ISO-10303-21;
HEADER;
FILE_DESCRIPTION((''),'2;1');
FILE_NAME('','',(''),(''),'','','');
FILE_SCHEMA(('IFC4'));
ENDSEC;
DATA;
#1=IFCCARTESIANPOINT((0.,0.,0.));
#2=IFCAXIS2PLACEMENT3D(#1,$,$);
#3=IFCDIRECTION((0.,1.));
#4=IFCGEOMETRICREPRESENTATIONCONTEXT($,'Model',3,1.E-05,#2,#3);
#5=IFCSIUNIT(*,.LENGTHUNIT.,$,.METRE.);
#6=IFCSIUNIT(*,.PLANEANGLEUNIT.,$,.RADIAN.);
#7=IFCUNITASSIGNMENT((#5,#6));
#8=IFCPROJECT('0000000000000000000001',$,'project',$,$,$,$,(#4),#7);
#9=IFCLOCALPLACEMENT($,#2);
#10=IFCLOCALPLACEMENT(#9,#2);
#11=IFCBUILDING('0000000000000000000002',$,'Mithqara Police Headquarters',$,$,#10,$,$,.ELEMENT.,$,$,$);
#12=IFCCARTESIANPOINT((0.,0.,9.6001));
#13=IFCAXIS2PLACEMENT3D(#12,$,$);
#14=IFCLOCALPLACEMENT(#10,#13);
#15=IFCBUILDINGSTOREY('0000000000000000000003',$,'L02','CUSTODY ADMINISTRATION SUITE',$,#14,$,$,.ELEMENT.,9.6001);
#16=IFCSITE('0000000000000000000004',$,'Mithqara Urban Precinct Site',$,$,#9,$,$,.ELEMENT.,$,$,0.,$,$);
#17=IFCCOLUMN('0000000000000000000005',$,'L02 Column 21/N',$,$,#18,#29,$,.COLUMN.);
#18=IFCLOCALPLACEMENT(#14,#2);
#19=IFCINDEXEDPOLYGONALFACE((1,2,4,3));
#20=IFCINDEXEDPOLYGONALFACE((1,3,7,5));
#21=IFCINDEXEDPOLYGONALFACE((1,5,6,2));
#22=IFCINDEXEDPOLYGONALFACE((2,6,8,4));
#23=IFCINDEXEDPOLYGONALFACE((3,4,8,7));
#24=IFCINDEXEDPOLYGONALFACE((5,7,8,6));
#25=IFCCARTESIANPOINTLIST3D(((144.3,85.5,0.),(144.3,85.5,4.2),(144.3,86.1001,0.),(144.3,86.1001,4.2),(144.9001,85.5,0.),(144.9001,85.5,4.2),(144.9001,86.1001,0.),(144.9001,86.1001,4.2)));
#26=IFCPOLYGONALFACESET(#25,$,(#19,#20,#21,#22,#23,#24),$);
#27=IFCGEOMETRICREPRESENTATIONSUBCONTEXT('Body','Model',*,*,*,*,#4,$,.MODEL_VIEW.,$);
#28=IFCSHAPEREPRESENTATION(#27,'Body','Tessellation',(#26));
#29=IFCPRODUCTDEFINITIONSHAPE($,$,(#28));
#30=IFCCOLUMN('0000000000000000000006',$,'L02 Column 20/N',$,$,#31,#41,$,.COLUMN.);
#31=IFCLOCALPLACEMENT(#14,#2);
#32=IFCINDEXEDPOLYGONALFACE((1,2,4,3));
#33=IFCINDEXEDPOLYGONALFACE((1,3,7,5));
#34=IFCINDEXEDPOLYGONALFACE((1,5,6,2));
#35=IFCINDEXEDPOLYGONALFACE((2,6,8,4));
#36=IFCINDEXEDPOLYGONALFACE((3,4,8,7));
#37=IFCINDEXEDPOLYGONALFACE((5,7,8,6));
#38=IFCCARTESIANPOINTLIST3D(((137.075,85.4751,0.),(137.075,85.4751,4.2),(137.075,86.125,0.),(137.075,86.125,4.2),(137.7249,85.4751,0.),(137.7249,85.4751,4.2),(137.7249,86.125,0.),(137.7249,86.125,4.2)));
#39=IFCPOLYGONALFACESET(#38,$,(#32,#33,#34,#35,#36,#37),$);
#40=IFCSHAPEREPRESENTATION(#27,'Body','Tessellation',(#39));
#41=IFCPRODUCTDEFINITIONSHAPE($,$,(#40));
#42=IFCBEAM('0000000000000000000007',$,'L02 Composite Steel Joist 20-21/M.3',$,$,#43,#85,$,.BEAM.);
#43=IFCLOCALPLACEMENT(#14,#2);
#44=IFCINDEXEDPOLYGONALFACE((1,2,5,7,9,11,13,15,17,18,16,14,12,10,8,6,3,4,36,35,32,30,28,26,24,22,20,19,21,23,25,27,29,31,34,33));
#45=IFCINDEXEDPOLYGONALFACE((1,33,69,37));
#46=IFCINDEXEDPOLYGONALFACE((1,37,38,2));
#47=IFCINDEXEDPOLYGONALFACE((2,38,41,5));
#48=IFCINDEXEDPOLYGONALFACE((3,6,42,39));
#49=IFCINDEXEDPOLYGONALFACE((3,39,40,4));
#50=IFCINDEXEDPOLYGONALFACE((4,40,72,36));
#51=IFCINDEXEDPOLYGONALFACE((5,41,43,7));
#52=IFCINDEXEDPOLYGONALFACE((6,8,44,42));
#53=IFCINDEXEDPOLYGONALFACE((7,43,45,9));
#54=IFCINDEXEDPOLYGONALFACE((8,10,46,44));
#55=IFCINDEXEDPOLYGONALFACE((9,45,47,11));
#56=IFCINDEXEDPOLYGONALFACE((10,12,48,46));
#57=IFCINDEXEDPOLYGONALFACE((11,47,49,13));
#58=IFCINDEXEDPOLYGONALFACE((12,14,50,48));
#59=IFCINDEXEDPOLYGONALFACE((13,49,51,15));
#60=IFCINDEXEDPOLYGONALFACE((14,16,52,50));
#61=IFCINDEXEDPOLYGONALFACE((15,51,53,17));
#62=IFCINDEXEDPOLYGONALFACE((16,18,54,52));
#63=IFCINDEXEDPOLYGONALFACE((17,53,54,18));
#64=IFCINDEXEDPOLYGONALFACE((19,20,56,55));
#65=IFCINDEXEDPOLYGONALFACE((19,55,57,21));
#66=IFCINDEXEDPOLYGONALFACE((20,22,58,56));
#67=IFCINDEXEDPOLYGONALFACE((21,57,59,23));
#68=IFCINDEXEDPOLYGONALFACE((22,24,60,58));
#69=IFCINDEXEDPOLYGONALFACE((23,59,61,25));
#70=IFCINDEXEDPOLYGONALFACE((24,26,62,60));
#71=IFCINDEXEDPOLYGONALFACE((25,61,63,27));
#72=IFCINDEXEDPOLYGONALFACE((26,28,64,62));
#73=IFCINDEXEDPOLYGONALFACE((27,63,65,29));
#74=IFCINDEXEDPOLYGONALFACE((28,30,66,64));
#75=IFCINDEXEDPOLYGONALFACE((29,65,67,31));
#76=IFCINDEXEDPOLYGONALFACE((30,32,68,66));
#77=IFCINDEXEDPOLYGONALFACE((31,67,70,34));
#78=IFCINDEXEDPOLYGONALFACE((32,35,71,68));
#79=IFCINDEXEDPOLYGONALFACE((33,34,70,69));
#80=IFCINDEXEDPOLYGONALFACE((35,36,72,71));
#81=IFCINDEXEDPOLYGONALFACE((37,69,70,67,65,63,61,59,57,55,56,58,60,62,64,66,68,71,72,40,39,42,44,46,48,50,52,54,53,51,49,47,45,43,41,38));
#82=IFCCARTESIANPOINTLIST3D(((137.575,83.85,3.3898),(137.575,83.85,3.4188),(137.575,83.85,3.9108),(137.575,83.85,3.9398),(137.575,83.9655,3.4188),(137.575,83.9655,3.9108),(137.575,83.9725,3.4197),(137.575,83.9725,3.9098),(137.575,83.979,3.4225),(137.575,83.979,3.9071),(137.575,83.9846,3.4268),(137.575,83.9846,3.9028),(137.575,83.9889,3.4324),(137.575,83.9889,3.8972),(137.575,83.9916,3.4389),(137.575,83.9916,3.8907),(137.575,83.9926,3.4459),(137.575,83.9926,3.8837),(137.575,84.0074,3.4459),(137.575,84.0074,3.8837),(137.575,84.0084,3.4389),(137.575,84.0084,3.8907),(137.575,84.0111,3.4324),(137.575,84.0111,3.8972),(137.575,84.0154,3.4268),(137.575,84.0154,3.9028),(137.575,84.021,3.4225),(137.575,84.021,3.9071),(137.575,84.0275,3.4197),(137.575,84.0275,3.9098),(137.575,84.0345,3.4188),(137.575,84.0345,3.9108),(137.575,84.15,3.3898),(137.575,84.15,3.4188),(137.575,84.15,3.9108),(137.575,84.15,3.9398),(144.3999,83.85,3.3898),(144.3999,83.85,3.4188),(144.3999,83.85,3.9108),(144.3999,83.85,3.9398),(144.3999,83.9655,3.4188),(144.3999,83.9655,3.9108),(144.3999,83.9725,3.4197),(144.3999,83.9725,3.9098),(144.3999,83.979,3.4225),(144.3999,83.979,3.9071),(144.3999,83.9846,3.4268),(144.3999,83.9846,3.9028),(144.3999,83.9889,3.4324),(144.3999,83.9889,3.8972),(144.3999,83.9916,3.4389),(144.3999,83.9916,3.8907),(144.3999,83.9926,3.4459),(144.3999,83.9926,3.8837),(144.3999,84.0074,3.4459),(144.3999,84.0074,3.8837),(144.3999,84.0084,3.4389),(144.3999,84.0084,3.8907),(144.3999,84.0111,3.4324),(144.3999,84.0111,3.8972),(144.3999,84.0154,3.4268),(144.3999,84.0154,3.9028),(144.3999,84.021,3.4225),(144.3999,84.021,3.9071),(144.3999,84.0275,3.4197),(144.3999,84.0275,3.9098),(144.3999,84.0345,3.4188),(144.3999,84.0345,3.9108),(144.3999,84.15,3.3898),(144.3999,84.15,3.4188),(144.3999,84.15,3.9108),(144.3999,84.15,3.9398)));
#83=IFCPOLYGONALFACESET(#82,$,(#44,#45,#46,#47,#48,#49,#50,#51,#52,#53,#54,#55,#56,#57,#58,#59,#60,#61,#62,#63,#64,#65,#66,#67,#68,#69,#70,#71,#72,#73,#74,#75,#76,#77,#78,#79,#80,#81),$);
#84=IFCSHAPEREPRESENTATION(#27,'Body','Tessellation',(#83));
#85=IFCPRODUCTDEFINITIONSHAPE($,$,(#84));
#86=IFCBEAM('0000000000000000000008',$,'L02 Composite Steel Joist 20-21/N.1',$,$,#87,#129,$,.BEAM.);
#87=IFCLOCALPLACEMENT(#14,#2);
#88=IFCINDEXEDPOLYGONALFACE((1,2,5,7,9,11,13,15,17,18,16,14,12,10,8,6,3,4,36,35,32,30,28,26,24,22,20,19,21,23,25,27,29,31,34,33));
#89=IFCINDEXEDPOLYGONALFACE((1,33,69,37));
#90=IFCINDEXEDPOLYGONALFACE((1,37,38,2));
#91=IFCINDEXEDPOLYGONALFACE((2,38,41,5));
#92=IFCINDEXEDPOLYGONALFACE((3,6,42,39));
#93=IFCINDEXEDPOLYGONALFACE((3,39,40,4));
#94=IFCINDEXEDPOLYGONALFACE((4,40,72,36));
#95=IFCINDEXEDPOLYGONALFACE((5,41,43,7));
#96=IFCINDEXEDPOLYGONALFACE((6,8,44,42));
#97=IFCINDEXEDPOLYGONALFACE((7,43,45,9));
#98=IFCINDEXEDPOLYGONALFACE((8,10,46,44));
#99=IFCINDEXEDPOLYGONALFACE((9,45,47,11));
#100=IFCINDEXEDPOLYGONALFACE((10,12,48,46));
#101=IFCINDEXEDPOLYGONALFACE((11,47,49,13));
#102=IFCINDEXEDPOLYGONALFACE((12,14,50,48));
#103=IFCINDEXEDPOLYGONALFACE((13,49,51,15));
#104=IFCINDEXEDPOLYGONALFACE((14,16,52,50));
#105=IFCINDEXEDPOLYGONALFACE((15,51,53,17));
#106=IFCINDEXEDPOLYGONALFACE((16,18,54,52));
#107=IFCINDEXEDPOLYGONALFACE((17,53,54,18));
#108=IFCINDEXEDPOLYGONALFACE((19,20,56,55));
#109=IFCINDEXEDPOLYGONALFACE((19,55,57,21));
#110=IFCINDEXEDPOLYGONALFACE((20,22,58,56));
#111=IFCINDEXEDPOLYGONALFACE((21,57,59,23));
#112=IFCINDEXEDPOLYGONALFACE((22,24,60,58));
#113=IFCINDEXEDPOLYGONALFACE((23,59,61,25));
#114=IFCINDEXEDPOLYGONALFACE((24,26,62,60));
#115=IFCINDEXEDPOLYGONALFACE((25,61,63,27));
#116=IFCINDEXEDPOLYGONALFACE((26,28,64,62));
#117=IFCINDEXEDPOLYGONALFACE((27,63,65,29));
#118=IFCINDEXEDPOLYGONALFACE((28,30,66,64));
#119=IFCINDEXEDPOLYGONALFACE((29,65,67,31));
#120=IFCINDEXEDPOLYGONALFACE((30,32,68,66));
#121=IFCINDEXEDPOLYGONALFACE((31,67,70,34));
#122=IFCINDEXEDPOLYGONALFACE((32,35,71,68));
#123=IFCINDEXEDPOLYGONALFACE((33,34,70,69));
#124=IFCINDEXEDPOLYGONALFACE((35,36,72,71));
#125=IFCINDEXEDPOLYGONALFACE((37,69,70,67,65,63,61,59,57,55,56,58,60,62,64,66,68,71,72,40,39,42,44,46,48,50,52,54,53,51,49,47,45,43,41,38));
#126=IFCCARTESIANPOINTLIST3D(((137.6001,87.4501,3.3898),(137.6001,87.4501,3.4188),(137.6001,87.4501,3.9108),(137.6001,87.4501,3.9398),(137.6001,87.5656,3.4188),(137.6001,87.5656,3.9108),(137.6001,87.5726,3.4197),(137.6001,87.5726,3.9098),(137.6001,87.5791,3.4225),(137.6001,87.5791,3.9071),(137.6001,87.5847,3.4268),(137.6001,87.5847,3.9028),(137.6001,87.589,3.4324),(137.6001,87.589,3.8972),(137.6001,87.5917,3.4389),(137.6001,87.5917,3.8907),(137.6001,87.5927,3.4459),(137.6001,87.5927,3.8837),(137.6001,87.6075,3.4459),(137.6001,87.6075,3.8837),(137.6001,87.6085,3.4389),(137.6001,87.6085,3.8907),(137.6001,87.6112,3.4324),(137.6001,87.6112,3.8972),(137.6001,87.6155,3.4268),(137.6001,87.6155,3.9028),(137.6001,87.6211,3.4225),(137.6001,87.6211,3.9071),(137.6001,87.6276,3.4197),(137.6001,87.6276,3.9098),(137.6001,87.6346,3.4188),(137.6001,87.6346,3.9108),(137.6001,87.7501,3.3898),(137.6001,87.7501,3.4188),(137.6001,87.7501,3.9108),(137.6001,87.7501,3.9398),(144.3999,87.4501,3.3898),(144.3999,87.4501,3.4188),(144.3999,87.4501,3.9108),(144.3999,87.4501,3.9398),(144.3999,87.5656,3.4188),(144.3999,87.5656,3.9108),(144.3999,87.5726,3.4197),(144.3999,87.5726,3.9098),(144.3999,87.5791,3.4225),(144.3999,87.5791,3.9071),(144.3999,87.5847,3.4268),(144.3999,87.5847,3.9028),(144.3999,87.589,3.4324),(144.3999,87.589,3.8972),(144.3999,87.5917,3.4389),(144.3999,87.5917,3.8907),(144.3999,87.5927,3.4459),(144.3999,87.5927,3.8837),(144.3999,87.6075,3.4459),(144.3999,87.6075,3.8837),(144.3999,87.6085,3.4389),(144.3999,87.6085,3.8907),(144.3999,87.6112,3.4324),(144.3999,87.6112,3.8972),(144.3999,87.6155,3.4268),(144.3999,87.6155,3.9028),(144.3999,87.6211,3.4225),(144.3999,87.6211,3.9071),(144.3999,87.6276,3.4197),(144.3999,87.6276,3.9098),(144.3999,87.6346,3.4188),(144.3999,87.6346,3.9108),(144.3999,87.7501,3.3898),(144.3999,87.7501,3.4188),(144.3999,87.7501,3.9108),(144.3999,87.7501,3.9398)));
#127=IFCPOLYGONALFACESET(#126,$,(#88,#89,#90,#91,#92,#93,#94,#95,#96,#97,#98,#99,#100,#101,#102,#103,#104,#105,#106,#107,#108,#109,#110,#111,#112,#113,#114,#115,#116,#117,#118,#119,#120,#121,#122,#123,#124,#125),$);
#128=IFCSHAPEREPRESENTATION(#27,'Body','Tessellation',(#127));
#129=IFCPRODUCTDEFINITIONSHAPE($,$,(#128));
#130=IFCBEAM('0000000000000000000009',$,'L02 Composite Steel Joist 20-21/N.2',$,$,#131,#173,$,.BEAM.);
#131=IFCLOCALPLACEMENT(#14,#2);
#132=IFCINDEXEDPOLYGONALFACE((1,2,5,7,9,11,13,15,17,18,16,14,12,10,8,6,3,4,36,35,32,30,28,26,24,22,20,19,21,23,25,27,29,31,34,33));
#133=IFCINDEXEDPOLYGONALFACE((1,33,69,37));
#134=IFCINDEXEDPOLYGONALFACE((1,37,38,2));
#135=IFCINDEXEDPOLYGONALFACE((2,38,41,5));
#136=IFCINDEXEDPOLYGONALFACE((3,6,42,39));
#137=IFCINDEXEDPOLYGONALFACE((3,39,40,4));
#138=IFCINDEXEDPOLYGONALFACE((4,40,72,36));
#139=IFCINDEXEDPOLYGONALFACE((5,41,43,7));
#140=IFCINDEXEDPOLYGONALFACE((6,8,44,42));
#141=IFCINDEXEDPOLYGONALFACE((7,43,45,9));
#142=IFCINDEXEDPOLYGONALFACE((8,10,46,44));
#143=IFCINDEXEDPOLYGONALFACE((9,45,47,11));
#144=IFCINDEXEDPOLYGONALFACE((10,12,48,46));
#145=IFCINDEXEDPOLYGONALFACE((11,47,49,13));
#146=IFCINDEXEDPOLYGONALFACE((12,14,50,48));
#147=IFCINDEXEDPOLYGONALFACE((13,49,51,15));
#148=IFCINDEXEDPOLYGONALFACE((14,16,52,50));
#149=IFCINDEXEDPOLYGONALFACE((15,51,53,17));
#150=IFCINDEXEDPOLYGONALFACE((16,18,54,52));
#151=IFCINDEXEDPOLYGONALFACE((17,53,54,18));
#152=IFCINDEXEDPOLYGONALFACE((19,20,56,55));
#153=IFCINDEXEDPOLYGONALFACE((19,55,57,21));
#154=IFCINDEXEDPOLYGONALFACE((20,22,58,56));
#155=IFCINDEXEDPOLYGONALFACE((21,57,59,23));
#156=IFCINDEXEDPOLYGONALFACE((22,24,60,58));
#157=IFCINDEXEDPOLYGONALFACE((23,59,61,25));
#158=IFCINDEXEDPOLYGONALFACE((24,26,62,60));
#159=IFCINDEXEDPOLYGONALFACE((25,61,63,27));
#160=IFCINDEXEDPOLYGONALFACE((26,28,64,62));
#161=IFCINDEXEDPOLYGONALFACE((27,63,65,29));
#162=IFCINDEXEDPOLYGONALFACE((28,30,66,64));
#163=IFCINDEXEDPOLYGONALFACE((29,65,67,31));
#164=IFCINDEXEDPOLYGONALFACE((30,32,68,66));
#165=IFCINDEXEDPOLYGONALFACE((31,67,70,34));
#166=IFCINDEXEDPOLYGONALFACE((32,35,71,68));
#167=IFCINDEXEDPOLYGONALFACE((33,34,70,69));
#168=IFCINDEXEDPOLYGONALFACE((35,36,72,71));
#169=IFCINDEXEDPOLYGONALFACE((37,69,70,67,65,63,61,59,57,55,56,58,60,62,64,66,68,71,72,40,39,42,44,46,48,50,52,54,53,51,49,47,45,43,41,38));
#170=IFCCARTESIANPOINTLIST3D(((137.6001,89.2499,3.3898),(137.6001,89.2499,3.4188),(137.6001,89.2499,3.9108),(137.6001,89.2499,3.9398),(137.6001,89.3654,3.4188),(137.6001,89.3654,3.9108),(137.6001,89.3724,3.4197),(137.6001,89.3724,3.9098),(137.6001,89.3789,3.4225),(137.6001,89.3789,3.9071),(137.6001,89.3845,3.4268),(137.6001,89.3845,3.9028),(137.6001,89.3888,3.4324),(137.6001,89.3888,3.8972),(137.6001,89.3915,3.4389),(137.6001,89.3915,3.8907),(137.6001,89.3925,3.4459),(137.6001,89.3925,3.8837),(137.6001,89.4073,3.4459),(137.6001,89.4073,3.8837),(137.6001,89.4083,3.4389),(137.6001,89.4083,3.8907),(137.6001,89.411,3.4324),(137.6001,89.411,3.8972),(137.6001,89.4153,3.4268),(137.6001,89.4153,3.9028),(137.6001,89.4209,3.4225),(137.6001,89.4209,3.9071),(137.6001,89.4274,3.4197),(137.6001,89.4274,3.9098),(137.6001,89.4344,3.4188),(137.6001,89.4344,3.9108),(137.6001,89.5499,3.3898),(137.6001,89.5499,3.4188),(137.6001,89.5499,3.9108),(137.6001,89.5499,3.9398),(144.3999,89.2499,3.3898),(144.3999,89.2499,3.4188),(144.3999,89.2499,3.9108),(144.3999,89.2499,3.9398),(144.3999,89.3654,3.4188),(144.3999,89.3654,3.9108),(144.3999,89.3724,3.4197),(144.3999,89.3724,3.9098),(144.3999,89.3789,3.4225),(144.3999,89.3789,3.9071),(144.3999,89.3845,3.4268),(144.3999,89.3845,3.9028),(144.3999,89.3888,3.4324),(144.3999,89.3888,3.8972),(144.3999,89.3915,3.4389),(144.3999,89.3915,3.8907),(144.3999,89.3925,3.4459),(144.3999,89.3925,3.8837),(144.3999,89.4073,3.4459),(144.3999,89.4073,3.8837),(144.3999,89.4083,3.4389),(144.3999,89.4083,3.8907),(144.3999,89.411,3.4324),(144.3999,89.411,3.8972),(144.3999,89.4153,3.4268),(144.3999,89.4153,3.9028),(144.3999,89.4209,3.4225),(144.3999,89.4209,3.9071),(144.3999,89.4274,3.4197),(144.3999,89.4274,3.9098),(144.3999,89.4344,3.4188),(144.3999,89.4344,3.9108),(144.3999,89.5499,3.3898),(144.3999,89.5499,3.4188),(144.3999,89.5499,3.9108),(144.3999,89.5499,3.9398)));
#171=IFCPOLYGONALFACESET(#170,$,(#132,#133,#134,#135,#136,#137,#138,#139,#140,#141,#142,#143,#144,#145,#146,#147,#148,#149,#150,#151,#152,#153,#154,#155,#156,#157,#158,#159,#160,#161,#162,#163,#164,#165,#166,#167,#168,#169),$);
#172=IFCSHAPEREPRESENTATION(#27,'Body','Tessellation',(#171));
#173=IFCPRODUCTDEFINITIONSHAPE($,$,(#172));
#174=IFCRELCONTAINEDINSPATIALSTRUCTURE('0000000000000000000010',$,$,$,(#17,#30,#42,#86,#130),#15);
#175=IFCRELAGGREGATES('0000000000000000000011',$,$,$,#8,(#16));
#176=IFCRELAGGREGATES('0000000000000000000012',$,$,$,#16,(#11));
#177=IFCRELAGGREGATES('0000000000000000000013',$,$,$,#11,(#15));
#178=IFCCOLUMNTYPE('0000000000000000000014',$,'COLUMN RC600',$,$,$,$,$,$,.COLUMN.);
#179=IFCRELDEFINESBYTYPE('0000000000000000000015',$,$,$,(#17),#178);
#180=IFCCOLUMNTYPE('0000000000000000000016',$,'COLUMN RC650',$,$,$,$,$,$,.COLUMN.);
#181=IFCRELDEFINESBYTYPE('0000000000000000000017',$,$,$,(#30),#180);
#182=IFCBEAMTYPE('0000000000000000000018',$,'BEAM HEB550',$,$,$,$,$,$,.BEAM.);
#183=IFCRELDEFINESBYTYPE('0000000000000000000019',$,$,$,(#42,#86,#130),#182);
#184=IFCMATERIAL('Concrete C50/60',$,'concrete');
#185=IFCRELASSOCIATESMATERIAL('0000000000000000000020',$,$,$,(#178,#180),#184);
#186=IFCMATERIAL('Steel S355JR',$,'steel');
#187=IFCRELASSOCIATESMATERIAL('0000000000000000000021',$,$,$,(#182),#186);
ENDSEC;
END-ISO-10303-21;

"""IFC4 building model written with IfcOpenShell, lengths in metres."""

from ifc_helpers import new_model, si_unit, direction, frame, origin, origin_2d, place, context, subcontext, project, spatial, rectangle, i_section, extrude, material, material_profile, profile_set, type_object, element, save


model = new_model("IFC4")

# Units and contexts
model_context = context("Model", 3, precision=1e-05, world=origin(), true_north=direction((0.0, 1.0)))
body_context = subcontext(model_context, "Body", "Model", "MODEL_VIEW")
ifc_project = project(units=[si_unit("LENGTHUNIT", "METRE"), si_unit("PLANEANGLEUNIT", "RADIAN")], contexts=[model_context])

# Site, building, storey
site_placement = place(None, origin())
site = spatial("IfcSite", under=ifc_project, at=site_placement, Name="Mithqara Urban Precinct Site", CompositionType="ELEMENT", RefElevation=0.0)
building_placement = place(site_placement, origin())
building = spatial("IfcBuilding", under=site, at=building_placement, Name="Mithqara Police Headquarters", CompositionType="ELEMENT")
storey_placement = place(building_placement, frame((0.0, 0.0, 9.6001)))
storey = spatial("IfcBuildingStorey", under=building, at=storey_placement, Name="L02", Description="CUSTODY ADMINISTRATION SUITE", CompositionType="ELEMENT", Elevation=9.6001)

# Columns
ifc_material_1 = material(Name="Concrete C50/60", Category="concrete")
ifc_material_profile_1 = material_profile(ifc_material_1, rectangle(XDim=0.6001, YDim=0.6001, at=origin_2d()), Name="RC 600x600")
ifc_profile_set_1 = profile_set([ifc_material_profile_1], Name="Concrete C50/60")
column_type_1 = type_object("IfcColumnType", Name="COLUMN RC600", PredefinedType="COLUMN", material=ifc_profile_set_1)
column_1_placement = place(storey_placement, frame((144.6001, 85.8, 0.0), z_axis=(0.0, 0.0, 1.0), x_axis=(1.0, 0.0, 0.0)))
element("IfcColumn", 1, at=column_1_placement, inside=storey, type_object=column_type_1, Name="L02 Column 21/N", PredefinedType="COLUMN", context=body_context, shape_type="SweptSolid", body=[
    extrude(rectangle(XDim=0.6001, YDim=0.6001, at=origin_2d()), origin(), (0.0, 0.0, 1.0), 4.2),
])
ifc_material_profile_2 = material_profile(ifc_material_1, rectangle(XDim=0.6499, YDim=0.6499, at=origin_2d()), Name="RC 650x650")
ifc_profile_set_2 = profile_set([ifc_material_profile_2], Name="Concrete C50/60")
column_type_2 = type_object("IfcColumnType", Name="COLUMN RC650", PredefinedType="COLUMN", material=ifc_profile_set_2)
column_2_placement = place(storey_placement, frame((137.3999, 85.8, 0.0), z_axis=(0.0, 0.0, 1.0), x_axis=(1.0, 0.0, 0.0)))
element("IfcColumn", 2, at=column_2_placement, inside=storey, type_object=column_type_2, Name="L02 Column 20/N", PredefinedType="COLUMN", context=body_context, shape_type="SweptSolid", body=[
    extrude(rectangle(XDim=0.6499, YDim=0.6499, at=origin_2d()), origin(), (0.0, 0.0, 1.0), 4.2),
])

# Beams
ifc_material_2 = material(Name="Steel S355JR", Category="steel")
ifc_material_profile_3 = material_profile(ifc_material_2, i_section(OverallWidth=0.3, OverallDepth=0.55, WebThickness=0.0149, FlangeThickness=0.0291, FilletRadius=0.0271, at=origin_2d()), Name="HEB 550")
ifc_profile_set_3 = profile_set([ifc_material_profile_3], Name="Steel S355JR")
beam_type_1 = type_object("IfcBeamType", Name="BEAM HEB550", PredefinedType="BEAM", material=ifc_profile_set_3)
beam_1_placement = place(storey_placement, frame((137.575, 84.0, 3.6648), z_axis=(1.0, 0.0, 0.0), x_axis=(0.0, 1.0, 0.0)))
element("IfcBeam", 3, at=beam_1_placement, inside=storey, type_object=beam_type_1, Name="L02 Composite Steel Joist 20-21/M.3", PredefinedType="BEAM", context=body_context, shape_type="SweptSolid", body=[
    extrude(i_section(OverallWidth=0.3, OverallDepth=0.55, WebThickness=0.0149, FlangeThickness=0.0291, FilletRadius=0.0271, at=origin_2d()), origin(), (0.0, 0.0, 1.0), 6.825),
])
for number, where, z_axis, x_axis, name in (
    (4, (137.6001, 87.6001, 3.6648), (1.0, 0.0, 0.0), (0.0, 1.0, 0.0), "L02 Composite Steel Joist 20-21/N.1"),
    (5, (137.6001, 89.3999, 3.6648), (1.0, 0.0, 0.0), (0.0, 1.0, 0.0), "L02 Composite Steel Joist 20-21/N.2"),
):
    element("IfcBeam", number, at=place(storey_placement, frame(where, z_axis=z_axis, x_axis=x_axis)), inside=storey, type_object=beam_type_1, Name=name, PredefinedType="BEAM", context=body_context, shape_type="SweptSolid", body=[
        extrude(i_section(OverallWidth=0.3, OverallDepth=0.55, WebThickness=0.0149, FlangeThickness=0.0291, FilletRadius=0.0271, at=origin_2d()), origin(), (0.0, 0.0, 1.0), 6.7998),
    ])

save(model, "model.ifc")
